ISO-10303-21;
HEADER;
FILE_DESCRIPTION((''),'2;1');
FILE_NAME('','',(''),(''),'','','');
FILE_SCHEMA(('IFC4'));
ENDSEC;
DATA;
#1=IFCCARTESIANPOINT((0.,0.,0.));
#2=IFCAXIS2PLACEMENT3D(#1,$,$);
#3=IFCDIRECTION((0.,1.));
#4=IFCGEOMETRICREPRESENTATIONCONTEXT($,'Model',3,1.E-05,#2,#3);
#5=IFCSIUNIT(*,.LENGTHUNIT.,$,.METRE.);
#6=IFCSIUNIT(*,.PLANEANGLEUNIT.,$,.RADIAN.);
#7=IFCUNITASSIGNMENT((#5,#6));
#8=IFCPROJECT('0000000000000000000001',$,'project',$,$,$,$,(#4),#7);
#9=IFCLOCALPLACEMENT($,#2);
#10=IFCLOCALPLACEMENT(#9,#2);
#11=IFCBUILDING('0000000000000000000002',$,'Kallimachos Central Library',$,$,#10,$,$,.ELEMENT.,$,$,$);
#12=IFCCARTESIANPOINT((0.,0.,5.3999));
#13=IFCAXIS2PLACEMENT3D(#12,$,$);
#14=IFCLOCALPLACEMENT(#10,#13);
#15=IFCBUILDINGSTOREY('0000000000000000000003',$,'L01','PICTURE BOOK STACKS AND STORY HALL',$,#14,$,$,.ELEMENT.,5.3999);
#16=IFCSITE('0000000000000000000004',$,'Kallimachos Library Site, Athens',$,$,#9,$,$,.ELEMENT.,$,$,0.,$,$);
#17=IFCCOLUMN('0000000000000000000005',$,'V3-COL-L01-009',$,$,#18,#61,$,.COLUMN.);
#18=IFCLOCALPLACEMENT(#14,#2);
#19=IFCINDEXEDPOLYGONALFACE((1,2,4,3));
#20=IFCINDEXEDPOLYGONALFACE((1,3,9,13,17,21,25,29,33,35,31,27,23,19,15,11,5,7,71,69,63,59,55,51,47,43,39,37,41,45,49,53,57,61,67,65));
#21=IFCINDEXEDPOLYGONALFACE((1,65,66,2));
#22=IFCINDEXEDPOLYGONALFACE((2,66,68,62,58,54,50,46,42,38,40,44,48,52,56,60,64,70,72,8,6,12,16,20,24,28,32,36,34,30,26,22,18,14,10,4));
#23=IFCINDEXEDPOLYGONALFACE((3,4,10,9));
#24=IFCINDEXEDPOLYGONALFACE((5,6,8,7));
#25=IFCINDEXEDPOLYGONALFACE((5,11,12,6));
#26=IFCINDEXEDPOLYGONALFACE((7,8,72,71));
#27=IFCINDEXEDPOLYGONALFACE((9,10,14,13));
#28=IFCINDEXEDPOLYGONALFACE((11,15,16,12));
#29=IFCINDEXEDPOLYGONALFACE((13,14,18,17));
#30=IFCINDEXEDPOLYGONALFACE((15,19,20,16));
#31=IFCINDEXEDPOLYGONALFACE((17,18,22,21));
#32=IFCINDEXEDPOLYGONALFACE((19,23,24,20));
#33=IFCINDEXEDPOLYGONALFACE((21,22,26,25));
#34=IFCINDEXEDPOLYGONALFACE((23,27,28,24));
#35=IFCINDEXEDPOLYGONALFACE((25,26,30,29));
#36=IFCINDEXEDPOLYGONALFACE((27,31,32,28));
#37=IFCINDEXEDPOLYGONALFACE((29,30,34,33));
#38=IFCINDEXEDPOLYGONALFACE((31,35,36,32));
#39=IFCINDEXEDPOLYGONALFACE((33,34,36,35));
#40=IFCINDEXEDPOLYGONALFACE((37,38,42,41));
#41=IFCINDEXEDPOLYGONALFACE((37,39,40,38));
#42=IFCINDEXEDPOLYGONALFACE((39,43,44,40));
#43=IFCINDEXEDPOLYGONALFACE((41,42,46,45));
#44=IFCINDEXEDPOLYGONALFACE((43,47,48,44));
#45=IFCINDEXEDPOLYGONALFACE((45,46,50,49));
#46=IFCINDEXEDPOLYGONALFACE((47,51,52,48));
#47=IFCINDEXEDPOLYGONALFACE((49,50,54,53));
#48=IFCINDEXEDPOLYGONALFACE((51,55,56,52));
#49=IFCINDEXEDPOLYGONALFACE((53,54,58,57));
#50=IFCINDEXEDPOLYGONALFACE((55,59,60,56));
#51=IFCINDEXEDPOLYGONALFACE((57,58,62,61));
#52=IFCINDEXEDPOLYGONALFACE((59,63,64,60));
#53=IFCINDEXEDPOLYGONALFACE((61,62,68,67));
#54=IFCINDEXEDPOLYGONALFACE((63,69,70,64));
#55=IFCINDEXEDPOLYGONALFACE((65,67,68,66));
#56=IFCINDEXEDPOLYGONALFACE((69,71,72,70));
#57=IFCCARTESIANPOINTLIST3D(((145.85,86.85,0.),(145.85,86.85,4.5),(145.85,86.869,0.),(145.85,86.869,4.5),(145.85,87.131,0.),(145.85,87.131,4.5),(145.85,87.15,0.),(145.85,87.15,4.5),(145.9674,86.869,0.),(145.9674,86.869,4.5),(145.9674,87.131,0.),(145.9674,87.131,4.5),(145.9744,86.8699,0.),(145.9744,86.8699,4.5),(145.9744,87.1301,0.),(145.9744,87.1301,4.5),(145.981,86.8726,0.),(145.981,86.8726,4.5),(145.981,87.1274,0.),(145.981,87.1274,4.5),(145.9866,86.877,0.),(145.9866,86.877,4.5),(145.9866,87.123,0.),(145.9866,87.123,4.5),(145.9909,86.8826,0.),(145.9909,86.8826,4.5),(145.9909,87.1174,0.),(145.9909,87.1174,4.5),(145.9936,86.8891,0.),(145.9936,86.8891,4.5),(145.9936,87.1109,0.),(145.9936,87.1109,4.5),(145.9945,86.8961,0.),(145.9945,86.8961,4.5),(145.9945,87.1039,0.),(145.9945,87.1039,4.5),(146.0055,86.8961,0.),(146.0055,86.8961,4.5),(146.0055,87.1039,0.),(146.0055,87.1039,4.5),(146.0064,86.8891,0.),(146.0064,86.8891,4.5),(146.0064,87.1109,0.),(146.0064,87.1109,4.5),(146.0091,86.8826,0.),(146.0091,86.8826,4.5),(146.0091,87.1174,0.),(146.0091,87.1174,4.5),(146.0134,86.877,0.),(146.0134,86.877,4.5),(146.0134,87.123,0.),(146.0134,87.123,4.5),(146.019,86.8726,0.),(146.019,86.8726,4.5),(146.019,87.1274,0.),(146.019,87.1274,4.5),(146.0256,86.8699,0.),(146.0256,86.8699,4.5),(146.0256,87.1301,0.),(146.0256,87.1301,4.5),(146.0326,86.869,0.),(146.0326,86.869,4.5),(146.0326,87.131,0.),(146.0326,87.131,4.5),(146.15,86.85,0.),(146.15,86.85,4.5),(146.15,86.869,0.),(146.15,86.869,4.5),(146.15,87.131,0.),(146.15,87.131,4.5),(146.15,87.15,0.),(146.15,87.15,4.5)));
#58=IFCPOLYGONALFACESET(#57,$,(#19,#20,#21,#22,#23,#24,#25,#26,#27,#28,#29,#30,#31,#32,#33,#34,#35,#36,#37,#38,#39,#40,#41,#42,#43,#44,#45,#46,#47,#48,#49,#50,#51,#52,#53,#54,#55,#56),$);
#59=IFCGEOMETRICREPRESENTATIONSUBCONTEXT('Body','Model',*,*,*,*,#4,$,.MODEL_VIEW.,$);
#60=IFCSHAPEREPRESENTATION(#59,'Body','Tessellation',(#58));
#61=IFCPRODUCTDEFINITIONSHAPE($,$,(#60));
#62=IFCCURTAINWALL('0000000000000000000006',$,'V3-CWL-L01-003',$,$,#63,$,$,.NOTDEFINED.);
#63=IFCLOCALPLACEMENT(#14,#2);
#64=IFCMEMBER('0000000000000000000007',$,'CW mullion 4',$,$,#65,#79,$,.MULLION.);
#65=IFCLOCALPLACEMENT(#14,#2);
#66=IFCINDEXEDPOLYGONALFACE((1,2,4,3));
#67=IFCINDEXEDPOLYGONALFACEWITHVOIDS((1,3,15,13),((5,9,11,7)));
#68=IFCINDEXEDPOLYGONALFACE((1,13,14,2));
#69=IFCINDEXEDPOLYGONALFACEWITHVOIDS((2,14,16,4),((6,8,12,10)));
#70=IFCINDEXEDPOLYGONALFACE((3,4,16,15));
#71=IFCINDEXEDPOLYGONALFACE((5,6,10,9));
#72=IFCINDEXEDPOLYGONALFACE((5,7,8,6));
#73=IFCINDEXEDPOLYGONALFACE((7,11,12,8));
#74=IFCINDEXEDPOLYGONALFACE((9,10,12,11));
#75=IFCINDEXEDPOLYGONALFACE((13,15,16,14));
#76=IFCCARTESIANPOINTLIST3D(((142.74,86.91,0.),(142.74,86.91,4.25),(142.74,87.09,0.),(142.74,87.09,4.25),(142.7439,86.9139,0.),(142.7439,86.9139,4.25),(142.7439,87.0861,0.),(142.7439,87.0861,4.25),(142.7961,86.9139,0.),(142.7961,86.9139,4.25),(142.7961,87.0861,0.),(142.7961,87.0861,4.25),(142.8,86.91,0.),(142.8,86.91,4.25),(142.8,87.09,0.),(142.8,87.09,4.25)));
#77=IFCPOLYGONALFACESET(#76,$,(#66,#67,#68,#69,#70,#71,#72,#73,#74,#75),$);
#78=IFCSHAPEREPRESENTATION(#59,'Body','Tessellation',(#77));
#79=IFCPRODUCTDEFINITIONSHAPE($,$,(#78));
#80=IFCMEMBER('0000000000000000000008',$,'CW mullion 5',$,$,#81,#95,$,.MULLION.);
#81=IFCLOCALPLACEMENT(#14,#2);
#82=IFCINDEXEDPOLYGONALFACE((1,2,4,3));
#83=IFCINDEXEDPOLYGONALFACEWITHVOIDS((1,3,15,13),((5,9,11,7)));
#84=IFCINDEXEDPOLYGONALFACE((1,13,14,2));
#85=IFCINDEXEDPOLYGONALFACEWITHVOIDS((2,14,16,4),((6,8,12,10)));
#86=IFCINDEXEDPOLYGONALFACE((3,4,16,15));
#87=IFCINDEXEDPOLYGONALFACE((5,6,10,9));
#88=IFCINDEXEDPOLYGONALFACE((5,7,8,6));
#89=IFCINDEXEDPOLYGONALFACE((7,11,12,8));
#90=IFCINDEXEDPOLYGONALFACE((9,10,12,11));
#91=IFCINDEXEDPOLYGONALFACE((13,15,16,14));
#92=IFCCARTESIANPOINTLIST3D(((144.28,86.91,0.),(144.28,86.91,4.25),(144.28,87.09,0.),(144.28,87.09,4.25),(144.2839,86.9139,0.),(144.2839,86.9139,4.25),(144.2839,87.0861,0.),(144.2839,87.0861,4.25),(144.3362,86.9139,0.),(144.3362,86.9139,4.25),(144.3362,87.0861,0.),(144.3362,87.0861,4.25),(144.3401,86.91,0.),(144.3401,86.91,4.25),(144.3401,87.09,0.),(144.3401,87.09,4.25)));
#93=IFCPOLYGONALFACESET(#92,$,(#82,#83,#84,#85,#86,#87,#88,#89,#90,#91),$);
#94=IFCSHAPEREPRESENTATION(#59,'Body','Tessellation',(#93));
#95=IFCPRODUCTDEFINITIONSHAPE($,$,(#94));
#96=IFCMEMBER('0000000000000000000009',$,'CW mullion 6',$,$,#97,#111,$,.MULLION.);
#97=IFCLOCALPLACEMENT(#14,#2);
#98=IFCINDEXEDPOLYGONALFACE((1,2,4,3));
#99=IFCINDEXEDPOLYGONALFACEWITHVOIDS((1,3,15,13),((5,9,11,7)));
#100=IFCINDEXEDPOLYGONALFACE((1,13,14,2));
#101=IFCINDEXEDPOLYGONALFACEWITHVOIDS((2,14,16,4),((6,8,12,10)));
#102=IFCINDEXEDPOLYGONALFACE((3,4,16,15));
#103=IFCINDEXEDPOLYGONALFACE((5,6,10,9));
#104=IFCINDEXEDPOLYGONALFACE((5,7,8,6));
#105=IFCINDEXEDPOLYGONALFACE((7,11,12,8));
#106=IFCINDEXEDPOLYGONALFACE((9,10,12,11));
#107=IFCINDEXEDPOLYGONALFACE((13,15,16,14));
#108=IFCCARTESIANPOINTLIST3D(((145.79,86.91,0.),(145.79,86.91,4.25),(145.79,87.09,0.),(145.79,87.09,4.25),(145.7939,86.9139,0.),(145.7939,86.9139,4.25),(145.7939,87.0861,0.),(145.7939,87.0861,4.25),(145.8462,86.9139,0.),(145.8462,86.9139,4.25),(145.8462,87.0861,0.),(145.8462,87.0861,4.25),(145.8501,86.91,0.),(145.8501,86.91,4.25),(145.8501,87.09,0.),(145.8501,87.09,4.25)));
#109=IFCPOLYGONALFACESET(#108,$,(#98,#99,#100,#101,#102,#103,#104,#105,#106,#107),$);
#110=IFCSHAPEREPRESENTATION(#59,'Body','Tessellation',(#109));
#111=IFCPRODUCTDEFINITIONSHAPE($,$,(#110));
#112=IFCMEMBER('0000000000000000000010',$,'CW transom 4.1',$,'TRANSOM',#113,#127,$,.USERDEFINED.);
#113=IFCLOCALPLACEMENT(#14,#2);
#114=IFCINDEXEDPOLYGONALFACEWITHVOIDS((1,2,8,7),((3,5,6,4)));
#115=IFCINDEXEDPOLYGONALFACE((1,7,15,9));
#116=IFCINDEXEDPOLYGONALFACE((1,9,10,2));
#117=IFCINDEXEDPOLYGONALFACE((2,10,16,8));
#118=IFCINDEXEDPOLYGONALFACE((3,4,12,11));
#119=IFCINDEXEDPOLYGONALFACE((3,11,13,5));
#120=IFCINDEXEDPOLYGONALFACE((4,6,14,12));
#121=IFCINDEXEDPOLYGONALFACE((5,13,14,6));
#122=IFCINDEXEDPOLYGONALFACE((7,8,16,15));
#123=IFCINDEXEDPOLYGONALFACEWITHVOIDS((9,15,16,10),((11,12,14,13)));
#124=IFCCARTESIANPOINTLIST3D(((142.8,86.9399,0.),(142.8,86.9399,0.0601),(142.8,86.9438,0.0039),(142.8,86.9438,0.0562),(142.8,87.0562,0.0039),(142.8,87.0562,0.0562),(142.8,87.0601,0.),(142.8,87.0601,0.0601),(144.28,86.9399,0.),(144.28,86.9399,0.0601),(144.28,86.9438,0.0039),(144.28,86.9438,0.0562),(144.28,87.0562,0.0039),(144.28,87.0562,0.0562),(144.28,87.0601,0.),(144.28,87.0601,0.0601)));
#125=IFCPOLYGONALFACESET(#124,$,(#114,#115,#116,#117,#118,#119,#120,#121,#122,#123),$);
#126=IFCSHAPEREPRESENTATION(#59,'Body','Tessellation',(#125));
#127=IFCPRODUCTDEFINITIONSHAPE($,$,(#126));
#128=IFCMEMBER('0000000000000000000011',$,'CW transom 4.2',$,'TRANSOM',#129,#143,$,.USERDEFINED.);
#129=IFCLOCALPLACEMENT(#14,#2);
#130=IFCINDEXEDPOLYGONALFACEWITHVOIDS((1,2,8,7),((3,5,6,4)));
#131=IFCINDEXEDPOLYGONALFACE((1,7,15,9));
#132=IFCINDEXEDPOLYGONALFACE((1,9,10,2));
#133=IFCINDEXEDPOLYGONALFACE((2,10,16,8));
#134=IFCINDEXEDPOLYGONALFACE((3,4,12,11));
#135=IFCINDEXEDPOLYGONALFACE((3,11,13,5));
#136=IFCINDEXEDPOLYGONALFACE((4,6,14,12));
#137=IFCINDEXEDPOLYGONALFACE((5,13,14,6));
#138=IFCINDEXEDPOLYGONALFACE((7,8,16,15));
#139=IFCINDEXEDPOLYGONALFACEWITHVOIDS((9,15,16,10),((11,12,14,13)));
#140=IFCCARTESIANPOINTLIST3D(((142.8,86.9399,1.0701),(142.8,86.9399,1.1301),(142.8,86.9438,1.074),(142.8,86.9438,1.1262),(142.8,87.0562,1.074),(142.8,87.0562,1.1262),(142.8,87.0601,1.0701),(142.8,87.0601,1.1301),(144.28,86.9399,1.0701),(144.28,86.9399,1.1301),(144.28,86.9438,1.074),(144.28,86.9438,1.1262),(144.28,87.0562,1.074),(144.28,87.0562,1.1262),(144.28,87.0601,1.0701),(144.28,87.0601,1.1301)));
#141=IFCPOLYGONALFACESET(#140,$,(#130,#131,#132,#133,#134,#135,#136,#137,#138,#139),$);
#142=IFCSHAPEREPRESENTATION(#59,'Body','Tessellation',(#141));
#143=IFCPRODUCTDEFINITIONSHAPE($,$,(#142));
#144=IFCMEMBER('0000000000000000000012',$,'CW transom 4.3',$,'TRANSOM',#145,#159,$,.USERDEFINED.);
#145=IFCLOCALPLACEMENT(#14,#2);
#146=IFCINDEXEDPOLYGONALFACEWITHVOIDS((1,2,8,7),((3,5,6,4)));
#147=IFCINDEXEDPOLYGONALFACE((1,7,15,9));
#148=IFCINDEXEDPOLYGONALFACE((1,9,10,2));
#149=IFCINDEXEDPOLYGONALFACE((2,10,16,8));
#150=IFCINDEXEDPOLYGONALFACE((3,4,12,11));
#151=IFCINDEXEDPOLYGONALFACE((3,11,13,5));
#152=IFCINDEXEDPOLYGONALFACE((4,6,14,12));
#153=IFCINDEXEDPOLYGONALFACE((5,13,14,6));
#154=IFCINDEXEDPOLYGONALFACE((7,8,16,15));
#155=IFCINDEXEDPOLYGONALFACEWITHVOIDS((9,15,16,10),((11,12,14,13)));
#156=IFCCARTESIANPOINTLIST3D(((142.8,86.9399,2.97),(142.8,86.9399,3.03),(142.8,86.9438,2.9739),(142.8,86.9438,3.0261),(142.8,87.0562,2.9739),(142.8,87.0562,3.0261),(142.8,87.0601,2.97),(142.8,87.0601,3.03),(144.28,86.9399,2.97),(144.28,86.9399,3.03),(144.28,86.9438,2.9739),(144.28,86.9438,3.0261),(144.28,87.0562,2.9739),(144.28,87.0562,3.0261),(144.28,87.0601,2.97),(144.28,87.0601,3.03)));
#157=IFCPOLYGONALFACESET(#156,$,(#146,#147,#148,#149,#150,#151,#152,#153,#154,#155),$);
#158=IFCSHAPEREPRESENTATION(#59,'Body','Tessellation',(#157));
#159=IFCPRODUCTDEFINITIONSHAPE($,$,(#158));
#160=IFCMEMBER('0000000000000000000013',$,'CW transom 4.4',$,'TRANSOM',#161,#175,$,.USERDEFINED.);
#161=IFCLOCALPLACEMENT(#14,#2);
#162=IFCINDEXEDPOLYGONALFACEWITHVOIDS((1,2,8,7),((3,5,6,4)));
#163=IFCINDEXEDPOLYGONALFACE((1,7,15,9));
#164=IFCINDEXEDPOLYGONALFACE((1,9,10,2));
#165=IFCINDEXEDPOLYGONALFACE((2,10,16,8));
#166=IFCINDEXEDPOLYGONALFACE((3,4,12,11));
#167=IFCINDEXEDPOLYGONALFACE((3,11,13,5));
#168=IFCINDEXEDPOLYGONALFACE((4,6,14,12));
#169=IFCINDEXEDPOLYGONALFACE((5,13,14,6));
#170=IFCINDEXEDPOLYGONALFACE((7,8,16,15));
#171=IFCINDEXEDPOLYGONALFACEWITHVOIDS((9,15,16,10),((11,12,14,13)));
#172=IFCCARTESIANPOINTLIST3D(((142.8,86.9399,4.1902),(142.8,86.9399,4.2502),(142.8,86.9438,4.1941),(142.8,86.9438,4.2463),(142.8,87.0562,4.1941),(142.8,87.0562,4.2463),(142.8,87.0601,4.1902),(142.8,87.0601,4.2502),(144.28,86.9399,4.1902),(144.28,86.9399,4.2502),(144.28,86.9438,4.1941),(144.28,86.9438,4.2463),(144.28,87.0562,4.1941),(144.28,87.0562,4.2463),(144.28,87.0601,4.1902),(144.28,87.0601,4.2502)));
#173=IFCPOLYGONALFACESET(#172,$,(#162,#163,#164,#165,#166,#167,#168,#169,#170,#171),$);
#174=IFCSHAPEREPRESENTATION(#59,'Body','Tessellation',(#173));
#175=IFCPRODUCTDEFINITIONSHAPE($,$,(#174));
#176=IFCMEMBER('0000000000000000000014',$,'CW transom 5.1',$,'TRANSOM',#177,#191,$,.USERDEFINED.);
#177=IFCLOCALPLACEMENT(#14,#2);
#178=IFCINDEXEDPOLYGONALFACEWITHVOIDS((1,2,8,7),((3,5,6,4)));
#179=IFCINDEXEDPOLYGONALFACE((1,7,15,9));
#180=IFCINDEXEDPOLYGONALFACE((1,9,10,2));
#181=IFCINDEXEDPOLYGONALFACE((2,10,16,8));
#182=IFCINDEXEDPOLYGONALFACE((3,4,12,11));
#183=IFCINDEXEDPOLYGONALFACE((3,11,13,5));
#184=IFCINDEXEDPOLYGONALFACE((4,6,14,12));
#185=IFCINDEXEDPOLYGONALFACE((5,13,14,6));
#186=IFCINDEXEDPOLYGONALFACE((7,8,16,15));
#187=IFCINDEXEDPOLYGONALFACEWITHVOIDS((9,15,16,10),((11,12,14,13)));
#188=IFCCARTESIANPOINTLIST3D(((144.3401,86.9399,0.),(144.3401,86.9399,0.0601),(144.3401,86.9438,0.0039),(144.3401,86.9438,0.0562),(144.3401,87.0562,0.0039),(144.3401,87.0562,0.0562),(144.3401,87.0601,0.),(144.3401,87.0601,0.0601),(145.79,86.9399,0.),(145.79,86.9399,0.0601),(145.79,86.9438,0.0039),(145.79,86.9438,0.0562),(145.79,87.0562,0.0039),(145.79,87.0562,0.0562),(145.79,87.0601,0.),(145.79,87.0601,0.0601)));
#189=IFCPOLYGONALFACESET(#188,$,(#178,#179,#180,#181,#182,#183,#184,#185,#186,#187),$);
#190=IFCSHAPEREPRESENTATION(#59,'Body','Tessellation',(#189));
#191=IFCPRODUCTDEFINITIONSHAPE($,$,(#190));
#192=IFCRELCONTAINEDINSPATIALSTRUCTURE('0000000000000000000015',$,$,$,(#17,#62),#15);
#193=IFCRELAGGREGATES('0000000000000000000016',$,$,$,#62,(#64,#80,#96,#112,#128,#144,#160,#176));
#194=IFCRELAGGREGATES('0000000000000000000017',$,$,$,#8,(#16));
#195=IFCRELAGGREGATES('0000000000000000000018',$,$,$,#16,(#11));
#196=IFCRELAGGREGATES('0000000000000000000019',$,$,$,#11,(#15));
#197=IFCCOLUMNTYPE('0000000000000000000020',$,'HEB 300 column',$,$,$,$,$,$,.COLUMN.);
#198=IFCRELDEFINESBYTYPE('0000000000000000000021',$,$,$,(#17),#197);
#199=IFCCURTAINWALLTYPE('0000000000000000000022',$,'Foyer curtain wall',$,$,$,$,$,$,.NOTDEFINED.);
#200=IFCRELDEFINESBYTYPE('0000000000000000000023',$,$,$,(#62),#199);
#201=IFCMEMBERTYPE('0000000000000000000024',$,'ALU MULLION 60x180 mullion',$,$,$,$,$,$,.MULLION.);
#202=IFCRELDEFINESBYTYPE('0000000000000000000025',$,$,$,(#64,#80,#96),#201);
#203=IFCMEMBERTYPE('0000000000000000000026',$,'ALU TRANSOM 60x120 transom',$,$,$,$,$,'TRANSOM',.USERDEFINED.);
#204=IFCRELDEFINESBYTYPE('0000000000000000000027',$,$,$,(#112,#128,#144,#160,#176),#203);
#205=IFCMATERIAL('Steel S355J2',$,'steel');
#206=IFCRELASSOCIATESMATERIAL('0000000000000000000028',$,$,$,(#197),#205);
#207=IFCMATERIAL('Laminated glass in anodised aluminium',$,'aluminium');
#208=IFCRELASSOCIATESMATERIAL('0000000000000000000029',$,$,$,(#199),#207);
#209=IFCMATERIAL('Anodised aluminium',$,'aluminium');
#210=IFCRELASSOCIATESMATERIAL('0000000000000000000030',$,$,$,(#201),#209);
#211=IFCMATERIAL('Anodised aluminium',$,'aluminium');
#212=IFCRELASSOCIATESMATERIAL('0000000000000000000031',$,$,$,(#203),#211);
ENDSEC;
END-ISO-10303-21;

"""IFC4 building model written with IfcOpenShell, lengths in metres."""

from ifc_helpers import new_model, si_unit, direction, frame, origin, origin_2d, place, context, subcontext, project, spatial, hollow_rectangle, i_section, extrude, material, material_profile, profile_set, type_object, element, aggregate, save


model = new_model("IFC4")

# Units and contexts
model_context = context("Model", 3, precision=1e-05, world=origin(), true_north=direction((0.0, 1.0)))
body_context = subcontext(model_context, "Body", "Model", "MODEL_VIEW")
ifc_project = project(units=[si_unit("LENGTHUNIT", "METRE"), si_unit("PLANEANGLEUNIT", "RADIAN")], contexts=[model_context])

# Site, building, storey
site_placement = place(None, origin())
site = spatial("IfcSite", under=ifc_project, at=site_placement, Name="Kallimachos Library Site, Athens", CompositionType="ELEMENT", RefElevation=0.0)
building_placement = place(site_placement, origin())
building = spatial("IfcBuilding", under=site, at=building_placement, Name="Kallimachos Central Library", CompositionType="ELEMENT")
storey_placement = place(building_placement, frame((0.0, 0.0, 5.3999)))
storey = spatial("IfcBuildingStorey", under=building, at=storey_placement, Name="L01", Description="PICTURE BOOK STACKS AND STORY HALL", CompositionType="ELEMENT", Elevation=5.3999)

# Column
ifc_material_1 = material(Name="Steel S355J2", Category="steel")
ifc_material_profile_1 = material_profile(ifc_material_1, i_section(OverallWidth=0.3, OverallDepth=0.3, WebThickness=0.011, FlangeThickness=0.019, FilletRadius=0.0271, at=origin_2d()), Name="HEB 300")
ifc_profile_set_1 = profile_set([ifc_material_profile_1], Name="Steel S355J2")
column_type = type_object("IfcColumnType", Name="HEB 300 column", PredefinedType="COLUMN", material=ifc_profile_set_1)
column_placement = place(storey_placement, frame((146.0, 87.0, 0.0), z_axis=(0.0, 0.0, 1.0), x_axis=(1.0, 0.0, 0.0)))
element("IfcColumn", 1, at=column_placement, inside=storey, type_object=column_type, Name="V3-COL-L01-009", PredefinedType="COLUMN", context=body_context, shape_type="SweptSolid", body=[
    extrude(i_section(OverallWidth=0.3, OverallDepth=0.3, WebThickness=0.011, FlangeThickness=0.019, FilletRadius=0.0271, at=origin_2d()), origin(), (0.0, 0.0, 1.0), 4.5),
])

# Curtain wall, members
ifc_material_2 = material(Name="Laminated glass in anodised aluminium", Category="aluminium")
curtain_wall_type = type_object("IfcCurtainWallType", Name="Foyer curtain wall", PredefinedType="NOTDEFINED", material=ifc_material_2)
curtain_wall_placement = place(storey_placement, origin())
curtain_wall = element("IfcCurtainWall", 2, at=curtain_wall_placement, inside=storey, type_object=curtain_wall_type, Name="V3-CWL-L01-003", PredefinedType="NOTDEFINED")
ifc_material_3 = material(Name="Anodised aluminium", Category="aluminium")
ifc_material_profile_2 = material_profile(ifc_material_3, hollow_rectangle(XDim=0.0601, YDim=0.1799, WallThickness=0.0039, at=origin_2d()), Name="ALU MULLION 60x180")
ifc_profile_set_2 = profile_set([ifc_material_profile_2], Name="Anodised aluminium")
member_type_1 = type_object("IfcMemberType", Name="ALU MULLION 60x180 mullion", PredefinedType="MULLION", material=ifc_profile_set_2)
member_1_placement = place(storey_placement, frame((142.77, 87.0, 0.0), z_axis=(0.0, 0.0, 1.0), x_axis=(1.0, 0.0, 0.0)))
member_1 = element("IfcMember", 3, at=member_1_placement, type_object=member_type_1, Name="CW mullion 4", PredefinedType="MULLION", context=body_context, shape_type="SweptSolid", body=[
    extrude(hollow_rectangle(XDim=0.0601, YDim=0.1799, WallThickness=0.0039, at=origin_2d()), origin(), (0.0, 0.0, 1.0), 4.25),
])
member_2_placement = place(storey_placement, frame((144.3101, 87.0, 0.0), z_axis=(0.0, 0.0, 1.0), x_axis=(1.0, 0.0, 0.0)))
member_2 = element("IfcMember", 4, at=member_2_placement, type_object=member_type_1, Name="CW mullion 5", PredefinedType="MULLION", context=body_context, shape_type="SweptSolid", body=[
    extrude(hollow_rectangle(XDim=0.0601, YDim=0.1799, WallThickness=0.0039, at=origin_2d()), origin(), (0.0, 0.0, 1.0), 4.25),
])
member_3_placement = place(storey_placement, frame((145.8201, 87.0, 0.0), z_axis=(0.0, 0.0, 1.0), x_axis=(1.0, 0.0, 0.0)))
member_3 = element("IfcMember", 5, at=member_3_placement, type_object=member_type_1, Name="CW mullion 6", PredefinedType="MULLION", context=body_context, shape_type="SweptSolid", body=[
    extrude(hollow_rectangle(XDim=0.0601, YDim=0.1799, WallThickness=0.0039, at=origin_2d()), origin(), (0.0, 0.0, 1.0), 4.25),
])
ifc_material_4 = material(Name="Anodised aluminium", Category="aluminium")
ifc_material_profile_3 = material_profile(ifc_material_4, hollow_rectangle(XDim=0.0601, YDim=0.1201, WallThickness=0.0039, at=origin_2d()), Name="ALU TRANSOM 60x120")
ifc_profile_set_3 = profile_set([ifc_material_profile_3], Name="Anodised aluminium")
member_type_2 = type_object("IfcMemberType", Name="ALU TRANSOM 60x120 transom", ElementType="TRANSOM", PredefinedType="USERDEFINED", material=ifc_profile_set_3)
member_4_placement = place(storey_placement, frame((142.8, 87.0, 0.03), z_axis=(1.0, 0.0, 0.0), x_axis=(0.0, 0.0, 1.0)))
member_4 = element("IfcMember", 6, at=member_4_placement, type_object=member_type_2, Name="CW transom 4.1", ObjectType="TRANSOM", PredefinedType="USERDEFINED", context=body_context, shape_type="SweptSolid", body=[
    extrude(hollow_rectangle(XDim=0.0601, YDim=0.1201, WallThickness=0.0039, at=origin_2d()), origin(), (0.0, 0.0, 1.0), 1.48),
])
member_5_placement = place(storey_placement, frame((142.8, 87.0, 1.1001), z_axis=(1.0, 0.0, 0.0), x_axis=(0.0, 0.0, 1.0)))
member_5 = element("IfcMember", 7, at=member_5_placement, type_object=member_type_2, Name="CW transom 4.2", ObjectType="TRANSOM", PredefinedType="USERDEFINED", context=body_context, shape_type="SweptSolid", body=[
    extrude(hollow_rectangle(XDim=0.0601, YDim=0.1201, WallThickness=0.0039, at=origin_2d()), origin(), (0.0, 0.0, 1.0), 1.48),
])
member_6_placement = place(storey_placement, frame((142.8, 87.0, 3.0), z_axis=(1.0, 0.0, 0.0), x_axis=(0.0, 0.0, 1.0)))
member_6 = element("IfcMember", 8, at=member_6_placement, type_object=member_type_2, Name="CW transom 4.3", ObjectType="TRANSOM", PredefinedType="USERDEFINED", context=body_context, shape_type="SweptSolid", body=[
    extrude(hollow_rectangle(XDim=0.0601, YDim=0.1201, WallThickness=0.0039, at=origin_2d()), origin(), (0.0, 0.0, 1.0), 1.48),
])
member_7_placement = place(storey_placement, frame((142.8, 87.0, 4.2202), z_axis=(1.0, 0.0, 0.0), x_axis=(0.0, 0.0, 1.0)))
member_7 = element("IfcMember", 9, at=member_7_placement, type_object=member_type_2, Name="CW transom 4.4", ObjectType="TRANSOM", PredefinedType="USERDEFINED", context=body_context, shape_type="SweptSolid", body=[
    extrude(hollow_rectangle(XDim=0.0601, YDim=0.1201, WallThickness=0.0039, at=origin_2d()), origin(), (0.0, 0.0, 1.0), 1.48),
])
member_8_placement = place(storey_placement, frame((144.3401, 87.0, 0.03), z_axis=(1.0, 0.0, 0.0), x_axis=(0.0, 0.0, 1.0)))
member_8 = element("IfcMember", 10, at=member_8_placement, type_object=member_type_2, Name="CW transom 5.1", ObjectType="TRANSOM", PredefinedType="USERDEFINED", context=body_context, shape_type="SweptSolid", body=[
    extrude(hollow_rectangle(XDim=0.0601, YDim=0.1201, WallThickness=0.0039, at=origin_2d()), origin(), (0.0, 0.0, 1.0), 1.45),
])

aggregate(curtain_wall, [member_1, member_2, member_3, member_4, member_5, member_6, member_7, member_8])

save(model, "model.ifc")
